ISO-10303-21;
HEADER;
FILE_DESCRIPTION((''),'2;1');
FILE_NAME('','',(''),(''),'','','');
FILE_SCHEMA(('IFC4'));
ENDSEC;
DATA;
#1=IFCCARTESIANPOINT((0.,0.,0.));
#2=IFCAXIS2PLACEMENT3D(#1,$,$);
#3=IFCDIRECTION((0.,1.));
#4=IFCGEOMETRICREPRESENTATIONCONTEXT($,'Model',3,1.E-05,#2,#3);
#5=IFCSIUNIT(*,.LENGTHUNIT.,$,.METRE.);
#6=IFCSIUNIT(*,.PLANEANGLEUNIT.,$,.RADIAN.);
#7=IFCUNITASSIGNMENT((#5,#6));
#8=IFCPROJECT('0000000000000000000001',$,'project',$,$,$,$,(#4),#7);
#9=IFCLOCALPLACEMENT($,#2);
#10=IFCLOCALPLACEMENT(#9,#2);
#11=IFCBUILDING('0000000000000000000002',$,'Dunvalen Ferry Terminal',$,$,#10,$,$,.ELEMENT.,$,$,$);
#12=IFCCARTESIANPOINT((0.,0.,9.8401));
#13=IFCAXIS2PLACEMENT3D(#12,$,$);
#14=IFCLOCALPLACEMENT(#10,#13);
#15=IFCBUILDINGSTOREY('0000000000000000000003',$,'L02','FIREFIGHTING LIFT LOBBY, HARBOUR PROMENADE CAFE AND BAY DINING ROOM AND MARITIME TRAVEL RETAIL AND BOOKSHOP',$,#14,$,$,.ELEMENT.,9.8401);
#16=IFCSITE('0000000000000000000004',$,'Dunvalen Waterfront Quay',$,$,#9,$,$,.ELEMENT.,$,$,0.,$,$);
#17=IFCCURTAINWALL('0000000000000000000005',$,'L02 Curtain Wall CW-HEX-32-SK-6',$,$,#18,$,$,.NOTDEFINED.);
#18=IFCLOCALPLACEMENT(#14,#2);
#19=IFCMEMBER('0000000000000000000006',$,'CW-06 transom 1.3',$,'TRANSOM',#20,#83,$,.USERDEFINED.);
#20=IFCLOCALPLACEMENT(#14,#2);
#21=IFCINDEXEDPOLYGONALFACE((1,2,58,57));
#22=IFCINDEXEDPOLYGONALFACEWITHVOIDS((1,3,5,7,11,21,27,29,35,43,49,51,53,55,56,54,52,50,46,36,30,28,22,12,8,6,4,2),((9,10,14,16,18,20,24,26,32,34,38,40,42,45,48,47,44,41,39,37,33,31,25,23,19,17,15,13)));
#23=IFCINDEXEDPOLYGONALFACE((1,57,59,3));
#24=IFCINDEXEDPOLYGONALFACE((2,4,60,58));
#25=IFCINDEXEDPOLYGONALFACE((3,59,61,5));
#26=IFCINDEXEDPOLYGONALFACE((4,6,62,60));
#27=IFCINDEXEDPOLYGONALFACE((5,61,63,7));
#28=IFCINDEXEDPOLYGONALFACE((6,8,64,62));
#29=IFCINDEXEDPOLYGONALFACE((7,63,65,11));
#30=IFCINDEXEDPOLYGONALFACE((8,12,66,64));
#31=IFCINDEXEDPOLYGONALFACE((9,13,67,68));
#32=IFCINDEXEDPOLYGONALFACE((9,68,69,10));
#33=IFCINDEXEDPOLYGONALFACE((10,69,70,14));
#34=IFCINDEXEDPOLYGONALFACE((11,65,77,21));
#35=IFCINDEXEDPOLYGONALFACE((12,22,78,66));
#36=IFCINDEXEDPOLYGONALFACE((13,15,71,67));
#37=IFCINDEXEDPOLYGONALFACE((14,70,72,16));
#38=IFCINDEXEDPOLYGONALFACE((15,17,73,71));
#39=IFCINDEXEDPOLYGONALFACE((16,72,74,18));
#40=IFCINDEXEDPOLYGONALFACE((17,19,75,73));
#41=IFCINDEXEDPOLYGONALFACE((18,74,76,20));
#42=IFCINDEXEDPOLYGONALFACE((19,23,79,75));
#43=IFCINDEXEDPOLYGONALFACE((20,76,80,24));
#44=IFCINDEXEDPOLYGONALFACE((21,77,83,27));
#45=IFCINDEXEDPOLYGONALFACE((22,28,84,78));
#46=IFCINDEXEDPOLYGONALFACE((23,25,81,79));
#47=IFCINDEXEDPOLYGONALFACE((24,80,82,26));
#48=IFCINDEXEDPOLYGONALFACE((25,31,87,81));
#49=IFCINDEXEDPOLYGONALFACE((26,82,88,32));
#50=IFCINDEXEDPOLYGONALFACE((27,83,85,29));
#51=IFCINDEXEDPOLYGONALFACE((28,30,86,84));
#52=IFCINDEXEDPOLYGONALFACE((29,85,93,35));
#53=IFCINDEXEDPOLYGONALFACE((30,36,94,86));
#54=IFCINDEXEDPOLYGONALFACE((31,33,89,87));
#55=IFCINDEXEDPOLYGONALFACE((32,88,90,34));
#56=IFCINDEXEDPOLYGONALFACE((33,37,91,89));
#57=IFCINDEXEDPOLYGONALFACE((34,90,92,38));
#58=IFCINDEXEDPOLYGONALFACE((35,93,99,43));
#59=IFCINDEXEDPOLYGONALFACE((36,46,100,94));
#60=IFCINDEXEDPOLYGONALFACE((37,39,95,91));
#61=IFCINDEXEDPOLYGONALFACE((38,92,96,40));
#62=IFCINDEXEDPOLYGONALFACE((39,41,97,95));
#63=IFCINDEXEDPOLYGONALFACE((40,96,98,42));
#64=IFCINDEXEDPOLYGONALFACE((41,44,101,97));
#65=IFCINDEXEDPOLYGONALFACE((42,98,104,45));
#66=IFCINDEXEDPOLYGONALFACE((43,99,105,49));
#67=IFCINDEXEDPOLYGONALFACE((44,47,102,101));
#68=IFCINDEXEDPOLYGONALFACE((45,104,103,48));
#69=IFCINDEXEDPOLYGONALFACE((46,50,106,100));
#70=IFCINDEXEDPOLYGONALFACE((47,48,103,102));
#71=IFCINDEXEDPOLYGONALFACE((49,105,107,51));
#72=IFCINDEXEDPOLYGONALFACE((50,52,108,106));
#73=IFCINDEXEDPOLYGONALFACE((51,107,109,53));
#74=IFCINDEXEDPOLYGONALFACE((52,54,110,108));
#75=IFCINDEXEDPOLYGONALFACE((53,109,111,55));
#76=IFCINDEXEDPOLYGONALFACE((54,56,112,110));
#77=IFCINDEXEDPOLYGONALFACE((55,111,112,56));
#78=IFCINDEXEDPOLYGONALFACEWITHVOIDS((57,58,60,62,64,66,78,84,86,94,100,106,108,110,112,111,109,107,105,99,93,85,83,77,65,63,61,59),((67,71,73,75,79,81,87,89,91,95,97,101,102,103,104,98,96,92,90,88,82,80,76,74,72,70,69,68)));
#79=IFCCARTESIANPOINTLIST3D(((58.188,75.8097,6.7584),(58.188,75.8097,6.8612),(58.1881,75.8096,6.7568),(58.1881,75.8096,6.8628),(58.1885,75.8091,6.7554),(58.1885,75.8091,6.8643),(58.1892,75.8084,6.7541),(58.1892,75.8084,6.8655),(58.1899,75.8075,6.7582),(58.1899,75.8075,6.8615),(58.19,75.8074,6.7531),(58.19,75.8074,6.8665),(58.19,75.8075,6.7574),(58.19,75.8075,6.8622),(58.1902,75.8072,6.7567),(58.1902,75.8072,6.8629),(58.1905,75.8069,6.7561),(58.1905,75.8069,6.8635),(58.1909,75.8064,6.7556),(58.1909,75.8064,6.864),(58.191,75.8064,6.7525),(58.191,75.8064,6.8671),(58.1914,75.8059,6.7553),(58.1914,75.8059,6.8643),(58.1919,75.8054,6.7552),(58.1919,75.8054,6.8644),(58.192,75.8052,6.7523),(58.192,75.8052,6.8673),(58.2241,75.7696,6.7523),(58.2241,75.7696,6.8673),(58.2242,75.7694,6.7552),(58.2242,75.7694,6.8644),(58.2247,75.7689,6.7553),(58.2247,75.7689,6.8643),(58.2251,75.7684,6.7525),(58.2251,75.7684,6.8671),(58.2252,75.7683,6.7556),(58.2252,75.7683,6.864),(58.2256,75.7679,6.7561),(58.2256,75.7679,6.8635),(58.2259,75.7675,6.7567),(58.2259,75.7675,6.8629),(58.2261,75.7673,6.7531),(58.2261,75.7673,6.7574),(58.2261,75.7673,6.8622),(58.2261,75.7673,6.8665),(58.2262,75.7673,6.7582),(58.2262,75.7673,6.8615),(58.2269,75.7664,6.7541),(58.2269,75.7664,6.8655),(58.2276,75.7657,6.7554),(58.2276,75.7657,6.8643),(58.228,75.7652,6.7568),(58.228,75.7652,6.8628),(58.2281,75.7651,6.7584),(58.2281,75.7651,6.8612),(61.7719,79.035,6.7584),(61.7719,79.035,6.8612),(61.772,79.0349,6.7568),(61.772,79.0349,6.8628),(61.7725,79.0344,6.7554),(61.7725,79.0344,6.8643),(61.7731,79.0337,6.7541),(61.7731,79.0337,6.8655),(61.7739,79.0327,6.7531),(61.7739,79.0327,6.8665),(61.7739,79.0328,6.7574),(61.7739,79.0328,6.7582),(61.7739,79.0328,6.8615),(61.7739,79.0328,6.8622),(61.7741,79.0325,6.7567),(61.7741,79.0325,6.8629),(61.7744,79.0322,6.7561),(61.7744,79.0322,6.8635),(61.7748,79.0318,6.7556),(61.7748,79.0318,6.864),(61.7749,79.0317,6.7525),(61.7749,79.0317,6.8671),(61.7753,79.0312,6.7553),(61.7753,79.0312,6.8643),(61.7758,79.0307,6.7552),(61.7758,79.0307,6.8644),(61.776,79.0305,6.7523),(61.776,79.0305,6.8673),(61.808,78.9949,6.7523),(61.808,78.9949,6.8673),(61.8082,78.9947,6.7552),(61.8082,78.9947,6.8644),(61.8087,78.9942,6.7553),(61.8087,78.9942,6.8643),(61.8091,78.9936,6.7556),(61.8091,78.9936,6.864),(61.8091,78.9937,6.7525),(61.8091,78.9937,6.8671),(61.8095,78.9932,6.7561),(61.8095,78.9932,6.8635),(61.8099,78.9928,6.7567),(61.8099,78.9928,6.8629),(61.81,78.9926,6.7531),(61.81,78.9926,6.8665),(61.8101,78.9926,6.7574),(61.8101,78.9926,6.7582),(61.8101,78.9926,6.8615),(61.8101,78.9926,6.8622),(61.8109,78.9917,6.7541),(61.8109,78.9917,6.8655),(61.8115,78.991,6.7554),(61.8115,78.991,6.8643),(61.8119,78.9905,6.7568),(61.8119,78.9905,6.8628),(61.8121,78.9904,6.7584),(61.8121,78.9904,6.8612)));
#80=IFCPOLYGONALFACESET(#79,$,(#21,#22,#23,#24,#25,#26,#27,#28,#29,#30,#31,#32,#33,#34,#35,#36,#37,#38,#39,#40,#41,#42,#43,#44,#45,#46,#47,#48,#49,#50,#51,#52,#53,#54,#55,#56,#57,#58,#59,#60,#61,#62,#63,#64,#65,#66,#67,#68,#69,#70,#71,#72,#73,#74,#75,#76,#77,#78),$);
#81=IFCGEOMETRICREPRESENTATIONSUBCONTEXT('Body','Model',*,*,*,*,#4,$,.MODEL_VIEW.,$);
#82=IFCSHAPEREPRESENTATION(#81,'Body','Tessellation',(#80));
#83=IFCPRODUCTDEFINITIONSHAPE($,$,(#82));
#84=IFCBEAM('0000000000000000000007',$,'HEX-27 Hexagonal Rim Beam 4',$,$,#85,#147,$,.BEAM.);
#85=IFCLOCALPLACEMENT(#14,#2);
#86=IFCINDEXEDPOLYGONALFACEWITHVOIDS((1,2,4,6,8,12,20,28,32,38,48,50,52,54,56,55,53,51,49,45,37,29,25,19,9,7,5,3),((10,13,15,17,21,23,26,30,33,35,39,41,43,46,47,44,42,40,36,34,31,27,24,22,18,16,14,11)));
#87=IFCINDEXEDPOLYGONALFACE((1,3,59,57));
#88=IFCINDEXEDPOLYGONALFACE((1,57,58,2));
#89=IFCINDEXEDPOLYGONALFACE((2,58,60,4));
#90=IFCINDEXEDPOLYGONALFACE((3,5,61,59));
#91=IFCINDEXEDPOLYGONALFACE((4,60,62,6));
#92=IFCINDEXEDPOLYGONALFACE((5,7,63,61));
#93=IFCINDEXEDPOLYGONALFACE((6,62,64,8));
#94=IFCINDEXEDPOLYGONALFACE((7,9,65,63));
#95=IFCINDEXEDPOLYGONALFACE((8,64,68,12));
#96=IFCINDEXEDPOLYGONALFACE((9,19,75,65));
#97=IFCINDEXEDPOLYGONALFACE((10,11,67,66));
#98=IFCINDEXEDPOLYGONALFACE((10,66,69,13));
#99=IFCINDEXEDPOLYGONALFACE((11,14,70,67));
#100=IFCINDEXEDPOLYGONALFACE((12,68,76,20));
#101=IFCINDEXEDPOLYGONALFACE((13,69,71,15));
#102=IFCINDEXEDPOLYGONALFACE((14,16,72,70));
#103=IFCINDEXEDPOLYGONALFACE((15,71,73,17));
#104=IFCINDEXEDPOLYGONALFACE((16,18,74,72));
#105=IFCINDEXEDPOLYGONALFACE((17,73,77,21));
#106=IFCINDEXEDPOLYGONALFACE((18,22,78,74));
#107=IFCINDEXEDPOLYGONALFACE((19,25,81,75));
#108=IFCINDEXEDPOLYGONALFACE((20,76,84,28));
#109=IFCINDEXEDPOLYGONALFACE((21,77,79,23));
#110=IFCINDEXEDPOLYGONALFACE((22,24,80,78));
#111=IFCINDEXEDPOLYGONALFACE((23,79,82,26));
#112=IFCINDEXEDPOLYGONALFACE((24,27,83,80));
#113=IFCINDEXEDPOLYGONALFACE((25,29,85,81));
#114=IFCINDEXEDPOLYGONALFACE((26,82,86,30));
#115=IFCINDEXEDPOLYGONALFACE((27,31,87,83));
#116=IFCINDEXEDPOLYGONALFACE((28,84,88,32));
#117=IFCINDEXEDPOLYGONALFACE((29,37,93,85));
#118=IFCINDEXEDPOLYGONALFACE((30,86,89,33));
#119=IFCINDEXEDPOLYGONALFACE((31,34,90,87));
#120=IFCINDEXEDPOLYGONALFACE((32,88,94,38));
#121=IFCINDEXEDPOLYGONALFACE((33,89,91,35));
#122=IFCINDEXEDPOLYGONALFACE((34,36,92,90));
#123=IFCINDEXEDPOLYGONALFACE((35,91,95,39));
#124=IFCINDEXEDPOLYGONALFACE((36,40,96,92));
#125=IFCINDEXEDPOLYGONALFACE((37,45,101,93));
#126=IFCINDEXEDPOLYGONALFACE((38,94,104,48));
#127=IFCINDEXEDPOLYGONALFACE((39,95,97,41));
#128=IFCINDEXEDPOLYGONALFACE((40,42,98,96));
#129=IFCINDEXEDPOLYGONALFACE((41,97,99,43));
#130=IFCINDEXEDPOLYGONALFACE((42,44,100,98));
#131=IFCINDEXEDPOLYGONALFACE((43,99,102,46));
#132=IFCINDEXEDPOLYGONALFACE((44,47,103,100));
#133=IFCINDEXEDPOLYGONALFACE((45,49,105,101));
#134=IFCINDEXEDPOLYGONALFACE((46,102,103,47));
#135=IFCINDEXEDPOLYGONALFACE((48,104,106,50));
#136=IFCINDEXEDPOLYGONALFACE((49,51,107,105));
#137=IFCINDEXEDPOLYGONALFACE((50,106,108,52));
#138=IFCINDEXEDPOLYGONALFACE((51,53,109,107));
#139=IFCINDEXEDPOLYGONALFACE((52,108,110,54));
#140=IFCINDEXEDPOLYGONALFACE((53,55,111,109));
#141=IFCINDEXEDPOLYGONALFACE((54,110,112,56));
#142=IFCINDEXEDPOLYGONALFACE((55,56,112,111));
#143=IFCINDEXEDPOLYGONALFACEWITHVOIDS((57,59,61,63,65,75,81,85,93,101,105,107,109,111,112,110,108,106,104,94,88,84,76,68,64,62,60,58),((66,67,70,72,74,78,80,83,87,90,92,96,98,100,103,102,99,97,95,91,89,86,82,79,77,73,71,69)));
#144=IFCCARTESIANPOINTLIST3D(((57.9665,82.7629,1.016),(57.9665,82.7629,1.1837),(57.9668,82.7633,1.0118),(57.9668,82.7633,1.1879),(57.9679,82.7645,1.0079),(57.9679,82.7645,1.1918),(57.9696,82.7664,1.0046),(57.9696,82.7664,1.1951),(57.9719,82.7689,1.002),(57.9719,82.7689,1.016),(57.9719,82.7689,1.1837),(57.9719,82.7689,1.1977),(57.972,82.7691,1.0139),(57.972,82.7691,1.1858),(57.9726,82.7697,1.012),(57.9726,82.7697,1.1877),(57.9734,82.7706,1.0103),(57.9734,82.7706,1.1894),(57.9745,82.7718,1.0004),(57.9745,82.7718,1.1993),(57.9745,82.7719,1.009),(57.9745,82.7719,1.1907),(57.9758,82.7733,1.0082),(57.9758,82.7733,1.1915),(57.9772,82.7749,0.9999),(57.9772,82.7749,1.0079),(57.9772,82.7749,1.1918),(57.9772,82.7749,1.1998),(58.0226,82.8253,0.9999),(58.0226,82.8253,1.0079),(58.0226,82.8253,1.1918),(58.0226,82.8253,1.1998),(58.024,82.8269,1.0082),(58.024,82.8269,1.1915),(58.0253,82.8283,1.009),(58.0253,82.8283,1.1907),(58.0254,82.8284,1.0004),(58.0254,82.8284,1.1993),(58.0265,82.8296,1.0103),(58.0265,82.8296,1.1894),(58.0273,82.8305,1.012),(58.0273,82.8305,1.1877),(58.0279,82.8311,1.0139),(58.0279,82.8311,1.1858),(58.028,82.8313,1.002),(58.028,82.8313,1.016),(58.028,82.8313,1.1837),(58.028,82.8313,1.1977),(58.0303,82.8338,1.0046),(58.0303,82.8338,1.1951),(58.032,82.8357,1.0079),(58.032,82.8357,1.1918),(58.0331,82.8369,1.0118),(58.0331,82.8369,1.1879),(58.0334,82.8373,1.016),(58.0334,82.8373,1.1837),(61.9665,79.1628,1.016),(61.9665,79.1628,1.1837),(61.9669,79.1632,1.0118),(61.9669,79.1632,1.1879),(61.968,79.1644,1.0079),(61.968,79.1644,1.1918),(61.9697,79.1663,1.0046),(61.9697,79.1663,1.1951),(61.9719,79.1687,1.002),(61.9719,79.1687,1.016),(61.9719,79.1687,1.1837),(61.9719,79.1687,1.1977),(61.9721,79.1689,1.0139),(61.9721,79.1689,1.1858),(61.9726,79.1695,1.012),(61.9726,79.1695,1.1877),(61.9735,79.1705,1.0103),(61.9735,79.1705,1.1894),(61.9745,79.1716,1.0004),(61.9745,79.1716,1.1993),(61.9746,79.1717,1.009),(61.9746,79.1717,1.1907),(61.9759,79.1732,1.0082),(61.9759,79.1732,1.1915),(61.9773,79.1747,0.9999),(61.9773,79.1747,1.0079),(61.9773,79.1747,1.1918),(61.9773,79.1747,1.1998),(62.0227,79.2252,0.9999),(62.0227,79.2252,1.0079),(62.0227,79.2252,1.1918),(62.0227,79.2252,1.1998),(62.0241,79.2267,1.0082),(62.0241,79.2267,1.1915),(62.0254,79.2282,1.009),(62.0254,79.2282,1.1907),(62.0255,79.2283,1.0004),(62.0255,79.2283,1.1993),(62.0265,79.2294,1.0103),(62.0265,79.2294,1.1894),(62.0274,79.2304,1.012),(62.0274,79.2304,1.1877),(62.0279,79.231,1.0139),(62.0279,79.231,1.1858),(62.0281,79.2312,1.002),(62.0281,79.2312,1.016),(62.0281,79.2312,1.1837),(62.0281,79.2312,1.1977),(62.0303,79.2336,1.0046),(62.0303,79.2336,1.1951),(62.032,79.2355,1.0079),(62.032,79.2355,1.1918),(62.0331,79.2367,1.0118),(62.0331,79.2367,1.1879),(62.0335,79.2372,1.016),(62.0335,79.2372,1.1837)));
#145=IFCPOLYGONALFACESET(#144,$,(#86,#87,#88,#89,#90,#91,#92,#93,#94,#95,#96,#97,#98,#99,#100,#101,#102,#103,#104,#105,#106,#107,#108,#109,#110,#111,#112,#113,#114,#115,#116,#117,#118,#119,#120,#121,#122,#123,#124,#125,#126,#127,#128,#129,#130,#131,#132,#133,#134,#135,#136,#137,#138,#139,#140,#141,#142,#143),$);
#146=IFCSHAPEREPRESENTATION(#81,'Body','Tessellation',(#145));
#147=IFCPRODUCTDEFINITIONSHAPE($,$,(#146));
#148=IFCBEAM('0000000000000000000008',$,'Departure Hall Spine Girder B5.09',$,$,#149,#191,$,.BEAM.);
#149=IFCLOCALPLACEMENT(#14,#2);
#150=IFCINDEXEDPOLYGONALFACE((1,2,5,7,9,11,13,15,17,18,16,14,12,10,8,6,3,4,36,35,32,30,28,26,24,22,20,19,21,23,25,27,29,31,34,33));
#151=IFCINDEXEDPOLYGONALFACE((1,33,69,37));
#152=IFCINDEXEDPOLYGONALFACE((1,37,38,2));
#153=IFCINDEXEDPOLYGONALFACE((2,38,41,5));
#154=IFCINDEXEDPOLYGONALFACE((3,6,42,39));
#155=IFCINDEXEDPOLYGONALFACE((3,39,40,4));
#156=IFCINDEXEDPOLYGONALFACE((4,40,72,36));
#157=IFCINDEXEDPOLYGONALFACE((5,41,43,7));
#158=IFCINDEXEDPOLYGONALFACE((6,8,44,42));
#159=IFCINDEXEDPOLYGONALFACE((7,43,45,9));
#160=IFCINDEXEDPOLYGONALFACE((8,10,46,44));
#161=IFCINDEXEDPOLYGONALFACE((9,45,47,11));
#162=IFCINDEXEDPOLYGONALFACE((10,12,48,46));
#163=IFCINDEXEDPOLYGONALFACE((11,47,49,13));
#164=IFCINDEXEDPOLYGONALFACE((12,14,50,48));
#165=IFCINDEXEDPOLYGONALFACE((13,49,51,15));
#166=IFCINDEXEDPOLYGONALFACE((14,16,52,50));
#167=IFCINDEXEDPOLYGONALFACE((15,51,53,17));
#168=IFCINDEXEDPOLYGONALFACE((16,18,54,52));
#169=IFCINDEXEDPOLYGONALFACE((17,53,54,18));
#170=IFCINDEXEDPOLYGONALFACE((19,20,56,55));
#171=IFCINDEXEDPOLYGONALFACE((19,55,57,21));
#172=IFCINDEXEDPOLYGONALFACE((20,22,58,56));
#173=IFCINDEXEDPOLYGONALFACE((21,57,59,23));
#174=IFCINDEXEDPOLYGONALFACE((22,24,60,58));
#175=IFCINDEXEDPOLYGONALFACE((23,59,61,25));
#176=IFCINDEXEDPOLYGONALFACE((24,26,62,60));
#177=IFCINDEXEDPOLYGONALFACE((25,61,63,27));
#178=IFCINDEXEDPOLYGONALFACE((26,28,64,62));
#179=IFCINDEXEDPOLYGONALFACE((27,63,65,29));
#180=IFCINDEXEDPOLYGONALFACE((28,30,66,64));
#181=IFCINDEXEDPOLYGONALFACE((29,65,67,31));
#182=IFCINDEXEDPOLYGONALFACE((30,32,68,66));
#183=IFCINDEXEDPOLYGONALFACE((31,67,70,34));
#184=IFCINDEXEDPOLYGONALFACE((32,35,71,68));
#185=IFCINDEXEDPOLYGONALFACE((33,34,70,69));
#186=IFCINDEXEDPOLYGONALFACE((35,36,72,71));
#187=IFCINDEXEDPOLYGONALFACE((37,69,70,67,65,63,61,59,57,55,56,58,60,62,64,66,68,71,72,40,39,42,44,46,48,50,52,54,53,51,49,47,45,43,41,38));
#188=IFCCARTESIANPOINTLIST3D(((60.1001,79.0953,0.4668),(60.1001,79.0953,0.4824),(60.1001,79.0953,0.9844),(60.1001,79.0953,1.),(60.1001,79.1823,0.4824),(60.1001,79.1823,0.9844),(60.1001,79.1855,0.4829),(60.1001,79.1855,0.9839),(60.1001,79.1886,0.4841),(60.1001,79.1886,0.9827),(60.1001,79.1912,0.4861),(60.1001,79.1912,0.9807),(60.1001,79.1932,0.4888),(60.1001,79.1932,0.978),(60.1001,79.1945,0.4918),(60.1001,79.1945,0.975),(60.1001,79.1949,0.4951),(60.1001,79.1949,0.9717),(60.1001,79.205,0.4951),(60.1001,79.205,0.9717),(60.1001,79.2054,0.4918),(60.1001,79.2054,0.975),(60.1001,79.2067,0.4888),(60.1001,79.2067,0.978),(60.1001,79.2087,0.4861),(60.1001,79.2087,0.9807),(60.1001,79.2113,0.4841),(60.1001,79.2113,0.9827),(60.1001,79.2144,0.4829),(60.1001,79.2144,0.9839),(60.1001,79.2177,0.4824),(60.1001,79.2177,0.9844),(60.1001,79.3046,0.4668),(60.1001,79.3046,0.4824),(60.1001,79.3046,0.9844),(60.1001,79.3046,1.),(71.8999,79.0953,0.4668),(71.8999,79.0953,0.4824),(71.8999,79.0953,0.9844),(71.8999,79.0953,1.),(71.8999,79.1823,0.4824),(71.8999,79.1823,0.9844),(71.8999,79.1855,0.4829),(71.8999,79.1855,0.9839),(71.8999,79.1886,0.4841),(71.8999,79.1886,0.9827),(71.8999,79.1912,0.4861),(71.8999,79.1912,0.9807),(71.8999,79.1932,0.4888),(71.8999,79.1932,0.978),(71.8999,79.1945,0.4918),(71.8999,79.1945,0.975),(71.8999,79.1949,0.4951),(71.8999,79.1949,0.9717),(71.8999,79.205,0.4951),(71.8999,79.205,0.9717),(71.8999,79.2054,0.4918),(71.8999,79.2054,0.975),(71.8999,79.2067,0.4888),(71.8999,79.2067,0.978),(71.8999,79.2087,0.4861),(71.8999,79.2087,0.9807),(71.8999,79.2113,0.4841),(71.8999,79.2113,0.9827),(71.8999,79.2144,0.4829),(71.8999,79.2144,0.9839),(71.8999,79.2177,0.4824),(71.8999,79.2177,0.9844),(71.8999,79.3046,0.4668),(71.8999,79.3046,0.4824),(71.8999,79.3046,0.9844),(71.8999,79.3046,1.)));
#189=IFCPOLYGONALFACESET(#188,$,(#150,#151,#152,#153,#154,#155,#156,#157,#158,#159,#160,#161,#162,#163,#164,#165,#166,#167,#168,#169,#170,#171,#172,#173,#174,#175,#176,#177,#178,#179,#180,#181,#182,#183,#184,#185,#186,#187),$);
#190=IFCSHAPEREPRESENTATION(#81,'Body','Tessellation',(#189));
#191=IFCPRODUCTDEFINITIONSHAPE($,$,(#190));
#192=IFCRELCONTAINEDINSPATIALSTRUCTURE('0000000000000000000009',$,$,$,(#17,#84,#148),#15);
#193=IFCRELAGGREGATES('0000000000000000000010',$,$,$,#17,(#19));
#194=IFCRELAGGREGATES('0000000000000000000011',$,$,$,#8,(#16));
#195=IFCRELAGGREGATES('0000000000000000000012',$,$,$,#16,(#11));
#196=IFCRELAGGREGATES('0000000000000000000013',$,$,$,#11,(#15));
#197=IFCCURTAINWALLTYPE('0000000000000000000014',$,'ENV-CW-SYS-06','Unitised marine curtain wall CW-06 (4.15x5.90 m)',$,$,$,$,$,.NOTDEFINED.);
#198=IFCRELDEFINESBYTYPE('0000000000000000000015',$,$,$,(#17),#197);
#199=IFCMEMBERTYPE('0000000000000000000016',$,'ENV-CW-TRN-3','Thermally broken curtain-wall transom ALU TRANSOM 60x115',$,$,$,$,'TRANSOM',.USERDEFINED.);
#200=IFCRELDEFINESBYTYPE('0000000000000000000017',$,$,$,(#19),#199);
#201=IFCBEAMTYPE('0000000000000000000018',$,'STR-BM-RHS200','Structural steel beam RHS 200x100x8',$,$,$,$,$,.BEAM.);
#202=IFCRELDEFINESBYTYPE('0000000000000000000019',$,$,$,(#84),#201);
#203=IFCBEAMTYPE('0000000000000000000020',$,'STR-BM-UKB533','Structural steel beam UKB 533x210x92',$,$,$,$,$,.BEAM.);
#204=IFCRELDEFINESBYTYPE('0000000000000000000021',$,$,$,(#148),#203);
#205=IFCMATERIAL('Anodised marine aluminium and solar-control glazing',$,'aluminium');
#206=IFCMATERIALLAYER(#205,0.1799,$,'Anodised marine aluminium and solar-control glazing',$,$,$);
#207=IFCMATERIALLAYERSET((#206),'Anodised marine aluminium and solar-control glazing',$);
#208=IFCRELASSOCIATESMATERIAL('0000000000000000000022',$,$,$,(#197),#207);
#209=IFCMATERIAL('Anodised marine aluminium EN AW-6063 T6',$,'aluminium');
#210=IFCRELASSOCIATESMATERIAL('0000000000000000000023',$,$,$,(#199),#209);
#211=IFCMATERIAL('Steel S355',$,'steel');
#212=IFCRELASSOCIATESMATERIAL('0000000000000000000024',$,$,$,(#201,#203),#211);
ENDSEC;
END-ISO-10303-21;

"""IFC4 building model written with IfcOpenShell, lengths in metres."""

from ifc_helpers import new_model, si_unit, direction, frame, origin, origin_2d, place, context, subcontext, project, spatial, hollow_rectangle, i_section, extrude, material, layer, layer_set, material_profile, profile_set, type_object, element, aggregate, save


model = new_model("IFC4")

# Units and contexts
model_context = context("Model", 3, precision=1e-05, world=origin(), true_north=direction((0.0, 1.0)))
body_context = subcontext(model_context, "Body", "Model", "MODEL_VIEW")
ifc_project = project(units=[si_unit("LENGTHUNIT", "METRE"), si_unit("PLANEANGLEUNIT", "RADIAN")], contexts=[model_context])

# Site, building, storey
site_placement = place(None, origin())
site = spatial("IfcSite", under=ifc_project, at=site_placement, Name="Dunvalen Waterfront Quay", CompositionType="ELEMENT", RefElevation=0.0)
building_placement = place(site_placement, origin())
building = spatial("IfcBuilding", under=site, at=building_placement, Name="Dunvalen Ferry Terminal", CompositionType="ELEMENT")
storey_placement = place(building_placement, frame((0.0, 0.0, 9.8401)))
storey = spatial("IfcBuildingStorey", under=building, at=storey_placement, Name="L02", Description="FIREFIGHTING LIFT LOBBY, HARBOUR PROMENADE CAFE AND BAY DINING ROOM AND MARITIME TRAVEL RETAIL AND BOOKSHOP", CompositionType="ELEMENT", Elevation=9.8401)

# Shared definitions
ifc_material_1 = material(Name="Anodised marine aluminium and solar-control glazing", Category="aluminium")
ifc_material_2 = material(Name="Anodised marine aluminium EN AW-6063 T6", Category="aluminium")

# Curtain wall
ifc_layer_1 = layer(ifc_material_1, 0.1799, Name="Anodised marine aluminium and solar-control glazing")
ifc_layer_set_1 = layer_set([ifc_layer_1], Name="Anodised marine aluminium and solar-control glazing")
curtain_wall_type_1 = type_object("IfcCurtainWallType", Name="ENV-CW-SYS-06", Description="Unitised marine curtain wall CW-06 (4.15x5.90 m)", PredefinedType="NOTDEFINED", material=ifc_layer_set_1)
curtain_wall_1_placement = place(storey_placement, origin())
curtain_wall_1 = element("IfcCurtainWall", 1, at=curtain_wall_1_placement, inside=storey, type_object=curtain_wall_type_1, Name="L02 Curtain Wall CW-HEX-32-SK-6", PredefinedType="NOTDEFINED")

# Member
ifc_material_profile_1 = material_profile(ifc_material_2, hollow_rectangle(XDim=0.0601, YDim=0.115, WallThickness=0.0029, InnerFilletRadius=0.0029, OuterFilletRadius=0.0061, at=origin_2d()), Name="Anodised marine aluminium EN AW-6063 T6")
ifc_profile_set_1 = profile_set([ifc_material_profile_1], Name="Anodised marine aluminium EN AW-6063 T6")
member_type_1 = type_object("IfcMemberType", Name="ENV-CW-TRN-3", Description="Thermally broken curtain-wall transom ALU TRANSOM 60x115", ElementType="TRANSOM", PredefinedType="USERDEFINED", material=ifc_profile_set_1)
member_1_placement = place(storey_placement, frame((61.792, 79.0127, 6.8098), z_axis=(-0.743319, -0.668937, 0.0), x_axis=(0.668937, -0.743319, 0.0)))
member_1 = element("IfcMember", 2, at=member_1_placement, type_object=member_type_1, Name="CW-06 transom 1.3", ObjectType="TRANSOM", PredefinedType="USERDEFINED", context=body_context, shape_type="SweptSolid", body=[
    extrude(hollow_rectangle(XDim=0.0601, YDim=0.115, WallThickness=0.0029, InnerFilletRadius=0.0029, OuterFilletRadius=0.0061, at=origin_2d()), origin(), (0.0, 0.0, 1.0), 4.8215),
])

# Beams
ifc_material_3 = material(Name="Steel S355", Category="steel")
ifc_material_profile_2 = material_profile(ifc_material_3, hollow_rectangle(XDim=0.1001, YDim=0.2, WallThickness=0.0081, InnerFilletRadius=0.0081, OuterFilletRadius=0.0161, at=origin_2d()), Name="Steel S355")
ifc_profile_set_2 = profile_set([ifc_material_profile_2], Name="Steel S355")
beam_type_1 = type_object("IfcBeamType", Name="STR-BM-RHS200", Description="Structural steel beam RHS 200x100x8", PredefinedType="BEAM", material=ifc_profile_set_2)
beam_1_placement = place(storey_placement, frame((62.0, 79.2, 1.0999), z_axis=(-0.743285, 0.668975, 0.0), x_axis=(-0.668975, -0.743285, 0.0)))
element("IfcBeam", 3, at=beam_1_placement, inside=storey, type_object=beam_type_1, Name="HEX-27 Hexagonal Rim Beam 4", PredefinedType="BEAM", context=body_context, shape_type="SweptSolid", body=[
    extrude(hollow_rectangle(XDim=0.1001, YDim=0.2, WallThickness=0.0081, InnerFilletRadius=0.0081, OuterFilletRadius=0.0161, at=origin_2d()), origin(), (0.0, 0.0, 1.0), 5.3816),
])
ifc_material_profile_3 = material_profile(ifc_material_3, i_section(OverallWidth=0.2092, OverallDepth=0.5332, WebThickness=0.01, FlangeThickness=0.0156, FilletRadius=0.0127, at=origin_2d()), Name="Steel S355")
ifc_profile_set_3 = profile_set([ifc_material_profile_3], Name="Steel S355")
beam_type_2 = type_object("IfcBeamType", Name="STR-BM-UKB533", Description="Structural steel beam UKB 533x210x92", PredefinedType="BEAM", material=ifc_profile_set_3)
beam_2_placement = place(storey_placement, frame((60.1001, 79.2, 0.7334), z_axis=(1.0, 0.0, 0.0), x_axis=(0.0, 1.0, 0.0)))
element("IfcBeam", 4, at=beam_2_placement, inside=storey, type_object=beam_type_2, Name="Departure Hall Spine Girder B5.09", PredefinedType="BEAM", context=body_context, shape_type="SweptSolid", body=[
    extrude(i_section(OverallWidth=0.2092, OverallDepth=0.5332, WebThickness=0.01, FlangeThickness=0.0156, FilletRadius=0.0127, at=origin_2d()), origin(), (0.0, 0.0, 1.0), 11.7998),
])

aggregate(curtain_wall_1, [member_1])

save(model, "model.ifc")
